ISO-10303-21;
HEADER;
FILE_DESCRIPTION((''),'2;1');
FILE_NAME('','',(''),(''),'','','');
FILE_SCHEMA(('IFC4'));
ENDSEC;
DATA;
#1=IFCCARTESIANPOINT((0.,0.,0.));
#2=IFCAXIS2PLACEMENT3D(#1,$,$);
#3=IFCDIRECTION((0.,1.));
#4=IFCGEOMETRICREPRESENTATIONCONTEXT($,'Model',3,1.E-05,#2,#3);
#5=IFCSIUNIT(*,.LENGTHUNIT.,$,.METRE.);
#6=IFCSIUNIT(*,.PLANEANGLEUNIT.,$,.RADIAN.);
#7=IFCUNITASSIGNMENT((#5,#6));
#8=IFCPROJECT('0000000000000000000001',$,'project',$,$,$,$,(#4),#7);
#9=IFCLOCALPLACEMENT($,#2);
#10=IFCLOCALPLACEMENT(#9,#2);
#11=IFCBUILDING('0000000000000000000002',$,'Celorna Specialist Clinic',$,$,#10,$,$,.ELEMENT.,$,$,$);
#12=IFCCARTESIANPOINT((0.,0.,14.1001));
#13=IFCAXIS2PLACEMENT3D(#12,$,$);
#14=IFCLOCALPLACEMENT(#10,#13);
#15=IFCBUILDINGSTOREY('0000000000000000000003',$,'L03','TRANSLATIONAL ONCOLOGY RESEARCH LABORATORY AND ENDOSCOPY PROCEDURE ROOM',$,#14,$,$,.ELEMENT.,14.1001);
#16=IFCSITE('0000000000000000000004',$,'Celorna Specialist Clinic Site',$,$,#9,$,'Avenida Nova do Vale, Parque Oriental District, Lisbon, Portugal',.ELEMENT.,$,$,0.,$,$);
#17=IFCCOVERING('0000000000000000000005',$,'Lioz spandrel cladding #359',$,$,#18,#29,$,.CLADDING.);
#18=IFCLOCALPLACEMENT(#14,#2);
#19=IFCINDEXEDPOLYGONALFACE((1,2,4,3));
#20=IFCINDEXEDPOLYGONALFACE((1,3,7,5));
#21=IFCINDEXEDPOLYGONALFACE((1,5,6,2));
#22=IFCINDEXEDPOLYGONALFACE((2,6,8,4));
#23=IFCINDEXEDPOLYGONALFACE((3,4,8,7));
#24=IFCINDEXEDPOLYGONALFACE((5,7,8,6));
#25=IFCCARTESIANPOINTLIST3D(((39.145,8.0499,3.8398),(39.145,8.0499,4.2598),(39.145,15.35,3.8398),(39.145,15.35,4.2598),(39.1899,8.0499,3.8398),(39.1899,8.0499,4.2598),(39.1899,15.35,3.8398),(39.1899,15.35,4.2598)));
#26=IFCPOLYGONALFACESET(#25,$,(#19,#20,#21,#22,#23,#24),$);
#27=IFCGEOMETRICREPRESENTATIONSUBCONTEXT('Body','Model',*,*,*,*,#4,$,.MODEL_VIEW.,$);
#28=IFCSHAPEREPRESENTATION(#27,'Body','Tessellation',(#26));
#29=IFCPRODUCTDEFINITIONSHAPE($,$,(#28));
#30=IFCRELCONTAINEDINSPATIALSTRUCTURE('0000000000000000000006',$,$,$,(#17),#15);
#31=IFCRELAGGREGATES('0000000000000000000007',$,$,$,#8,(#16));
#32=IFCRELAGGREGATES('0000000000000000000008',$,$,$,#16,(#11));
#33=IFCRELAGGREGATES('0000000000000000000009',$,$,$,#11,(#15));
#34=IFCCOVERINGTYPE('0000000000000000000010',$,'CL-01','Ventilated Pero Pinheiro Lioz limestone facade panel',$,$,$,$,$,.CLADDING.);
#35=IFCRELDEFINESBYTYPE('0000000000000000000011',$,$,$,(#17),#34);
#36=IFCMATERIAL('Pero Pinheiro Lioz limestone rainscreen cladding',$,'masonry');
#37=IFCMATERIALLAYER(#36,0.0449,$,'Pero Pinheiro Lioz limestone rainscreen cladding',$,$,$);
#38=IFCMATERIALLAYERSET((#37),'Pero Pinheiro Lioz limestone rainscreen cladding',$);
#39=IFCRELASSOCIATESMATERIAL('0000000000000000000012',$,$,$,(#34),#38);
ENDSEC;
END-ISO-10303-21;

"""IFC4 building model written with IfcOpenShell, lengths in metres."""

from ifc_helpers import new_model, si_unit, direction, frame, origin, origin_2d, place, context, subcontext, project, spatial, rectangle, extrude, material, layer, layer_set, type_object, element, save


model = new_model("IFC4")

# Units and contexts
model_context = context("Model", 3, precision=1e-05, world=origin(), true_north=direction((0.0, 1.0)))
body_context = subcontext(model_context, "Body", "Model", "MODEL_VIEW")
ifc_project = project(units=[si_unit("LENGTHUNIT", "METRE"), si_unit("PLANEANGLEUNIT", "RADIAN")], contexts=[model_context])

# Site, building, storey
site_placement = place(None, origin())
site = spatial("IfcSite", under=ifc_project, at=site_placement, Name="Celorna Specialist Clinic Site", LongName="Avenida Nova do Vale, Parque Oriental District, Lisbon, Portugal", CompositionType="ELEMENT", RefElevation=0.0)
building_placement = place(site_placement, origin())
building = spatial("IfcBuilding", under=site, at=building_placement, Name="Celorna Specialist Clinic", CompositionType="ELEMENT")
storey_placement = place(building_placement, frame((0.0, 0.0, 14.1001)))
storey = spatial("IfcBuildingStorey", under=building, at=storey_placement, Name="L03", Description="TRANSLATIONAL ONCOLOGY RESEARCH LABORATORY AND ENDOSCOPY PROCEDURE ROOM", CompositionType="ELEMENT", Elevation=14.1001)

# Covering
ifc_material_1 = material(Name="Pero Pinheiro Lioz limestone rainscreen cladding", Category="masonry")
ifc_layer_1 = layer(ifc_material_1, 0.0449, Name="Pero Pinheiro Lioz limestone rainscreen cladding")
ifc_layer_set_1 = layer_set([ifc_layer_1], Name="Pero Pinheiro Lioz limestone rainscreen cladding")
covering_type = type_object("IfcCoveringType", Name="CL-01", Description="Ventilated Pero Pinheiro Lioz limestone facade panel", PredefinedType="CLADDING", material=ifc_layer_set_1)
covering_placement = place(storey_placement, frame((39.1675, 11.7, 3.8398), z_axis=(0.0, 0.0, 1.0), x_axis=(0.0, -1.0, 0.0)))
element("IfcCovering", 1, at=covering_placement, inside=storey, type_object=covering_type, Name="Lioz spandrel cladding #359", PredefinedType="CLADDING", context=body_context, shape_type="SweptSolid", body=[
    extrude(rectangle(XDim=7.3, YDim=0.0449, at=origin_2d()), origin(), (0.0, 0.0, 1.0), 0.4199),
])

save(model, "model.ifc")
